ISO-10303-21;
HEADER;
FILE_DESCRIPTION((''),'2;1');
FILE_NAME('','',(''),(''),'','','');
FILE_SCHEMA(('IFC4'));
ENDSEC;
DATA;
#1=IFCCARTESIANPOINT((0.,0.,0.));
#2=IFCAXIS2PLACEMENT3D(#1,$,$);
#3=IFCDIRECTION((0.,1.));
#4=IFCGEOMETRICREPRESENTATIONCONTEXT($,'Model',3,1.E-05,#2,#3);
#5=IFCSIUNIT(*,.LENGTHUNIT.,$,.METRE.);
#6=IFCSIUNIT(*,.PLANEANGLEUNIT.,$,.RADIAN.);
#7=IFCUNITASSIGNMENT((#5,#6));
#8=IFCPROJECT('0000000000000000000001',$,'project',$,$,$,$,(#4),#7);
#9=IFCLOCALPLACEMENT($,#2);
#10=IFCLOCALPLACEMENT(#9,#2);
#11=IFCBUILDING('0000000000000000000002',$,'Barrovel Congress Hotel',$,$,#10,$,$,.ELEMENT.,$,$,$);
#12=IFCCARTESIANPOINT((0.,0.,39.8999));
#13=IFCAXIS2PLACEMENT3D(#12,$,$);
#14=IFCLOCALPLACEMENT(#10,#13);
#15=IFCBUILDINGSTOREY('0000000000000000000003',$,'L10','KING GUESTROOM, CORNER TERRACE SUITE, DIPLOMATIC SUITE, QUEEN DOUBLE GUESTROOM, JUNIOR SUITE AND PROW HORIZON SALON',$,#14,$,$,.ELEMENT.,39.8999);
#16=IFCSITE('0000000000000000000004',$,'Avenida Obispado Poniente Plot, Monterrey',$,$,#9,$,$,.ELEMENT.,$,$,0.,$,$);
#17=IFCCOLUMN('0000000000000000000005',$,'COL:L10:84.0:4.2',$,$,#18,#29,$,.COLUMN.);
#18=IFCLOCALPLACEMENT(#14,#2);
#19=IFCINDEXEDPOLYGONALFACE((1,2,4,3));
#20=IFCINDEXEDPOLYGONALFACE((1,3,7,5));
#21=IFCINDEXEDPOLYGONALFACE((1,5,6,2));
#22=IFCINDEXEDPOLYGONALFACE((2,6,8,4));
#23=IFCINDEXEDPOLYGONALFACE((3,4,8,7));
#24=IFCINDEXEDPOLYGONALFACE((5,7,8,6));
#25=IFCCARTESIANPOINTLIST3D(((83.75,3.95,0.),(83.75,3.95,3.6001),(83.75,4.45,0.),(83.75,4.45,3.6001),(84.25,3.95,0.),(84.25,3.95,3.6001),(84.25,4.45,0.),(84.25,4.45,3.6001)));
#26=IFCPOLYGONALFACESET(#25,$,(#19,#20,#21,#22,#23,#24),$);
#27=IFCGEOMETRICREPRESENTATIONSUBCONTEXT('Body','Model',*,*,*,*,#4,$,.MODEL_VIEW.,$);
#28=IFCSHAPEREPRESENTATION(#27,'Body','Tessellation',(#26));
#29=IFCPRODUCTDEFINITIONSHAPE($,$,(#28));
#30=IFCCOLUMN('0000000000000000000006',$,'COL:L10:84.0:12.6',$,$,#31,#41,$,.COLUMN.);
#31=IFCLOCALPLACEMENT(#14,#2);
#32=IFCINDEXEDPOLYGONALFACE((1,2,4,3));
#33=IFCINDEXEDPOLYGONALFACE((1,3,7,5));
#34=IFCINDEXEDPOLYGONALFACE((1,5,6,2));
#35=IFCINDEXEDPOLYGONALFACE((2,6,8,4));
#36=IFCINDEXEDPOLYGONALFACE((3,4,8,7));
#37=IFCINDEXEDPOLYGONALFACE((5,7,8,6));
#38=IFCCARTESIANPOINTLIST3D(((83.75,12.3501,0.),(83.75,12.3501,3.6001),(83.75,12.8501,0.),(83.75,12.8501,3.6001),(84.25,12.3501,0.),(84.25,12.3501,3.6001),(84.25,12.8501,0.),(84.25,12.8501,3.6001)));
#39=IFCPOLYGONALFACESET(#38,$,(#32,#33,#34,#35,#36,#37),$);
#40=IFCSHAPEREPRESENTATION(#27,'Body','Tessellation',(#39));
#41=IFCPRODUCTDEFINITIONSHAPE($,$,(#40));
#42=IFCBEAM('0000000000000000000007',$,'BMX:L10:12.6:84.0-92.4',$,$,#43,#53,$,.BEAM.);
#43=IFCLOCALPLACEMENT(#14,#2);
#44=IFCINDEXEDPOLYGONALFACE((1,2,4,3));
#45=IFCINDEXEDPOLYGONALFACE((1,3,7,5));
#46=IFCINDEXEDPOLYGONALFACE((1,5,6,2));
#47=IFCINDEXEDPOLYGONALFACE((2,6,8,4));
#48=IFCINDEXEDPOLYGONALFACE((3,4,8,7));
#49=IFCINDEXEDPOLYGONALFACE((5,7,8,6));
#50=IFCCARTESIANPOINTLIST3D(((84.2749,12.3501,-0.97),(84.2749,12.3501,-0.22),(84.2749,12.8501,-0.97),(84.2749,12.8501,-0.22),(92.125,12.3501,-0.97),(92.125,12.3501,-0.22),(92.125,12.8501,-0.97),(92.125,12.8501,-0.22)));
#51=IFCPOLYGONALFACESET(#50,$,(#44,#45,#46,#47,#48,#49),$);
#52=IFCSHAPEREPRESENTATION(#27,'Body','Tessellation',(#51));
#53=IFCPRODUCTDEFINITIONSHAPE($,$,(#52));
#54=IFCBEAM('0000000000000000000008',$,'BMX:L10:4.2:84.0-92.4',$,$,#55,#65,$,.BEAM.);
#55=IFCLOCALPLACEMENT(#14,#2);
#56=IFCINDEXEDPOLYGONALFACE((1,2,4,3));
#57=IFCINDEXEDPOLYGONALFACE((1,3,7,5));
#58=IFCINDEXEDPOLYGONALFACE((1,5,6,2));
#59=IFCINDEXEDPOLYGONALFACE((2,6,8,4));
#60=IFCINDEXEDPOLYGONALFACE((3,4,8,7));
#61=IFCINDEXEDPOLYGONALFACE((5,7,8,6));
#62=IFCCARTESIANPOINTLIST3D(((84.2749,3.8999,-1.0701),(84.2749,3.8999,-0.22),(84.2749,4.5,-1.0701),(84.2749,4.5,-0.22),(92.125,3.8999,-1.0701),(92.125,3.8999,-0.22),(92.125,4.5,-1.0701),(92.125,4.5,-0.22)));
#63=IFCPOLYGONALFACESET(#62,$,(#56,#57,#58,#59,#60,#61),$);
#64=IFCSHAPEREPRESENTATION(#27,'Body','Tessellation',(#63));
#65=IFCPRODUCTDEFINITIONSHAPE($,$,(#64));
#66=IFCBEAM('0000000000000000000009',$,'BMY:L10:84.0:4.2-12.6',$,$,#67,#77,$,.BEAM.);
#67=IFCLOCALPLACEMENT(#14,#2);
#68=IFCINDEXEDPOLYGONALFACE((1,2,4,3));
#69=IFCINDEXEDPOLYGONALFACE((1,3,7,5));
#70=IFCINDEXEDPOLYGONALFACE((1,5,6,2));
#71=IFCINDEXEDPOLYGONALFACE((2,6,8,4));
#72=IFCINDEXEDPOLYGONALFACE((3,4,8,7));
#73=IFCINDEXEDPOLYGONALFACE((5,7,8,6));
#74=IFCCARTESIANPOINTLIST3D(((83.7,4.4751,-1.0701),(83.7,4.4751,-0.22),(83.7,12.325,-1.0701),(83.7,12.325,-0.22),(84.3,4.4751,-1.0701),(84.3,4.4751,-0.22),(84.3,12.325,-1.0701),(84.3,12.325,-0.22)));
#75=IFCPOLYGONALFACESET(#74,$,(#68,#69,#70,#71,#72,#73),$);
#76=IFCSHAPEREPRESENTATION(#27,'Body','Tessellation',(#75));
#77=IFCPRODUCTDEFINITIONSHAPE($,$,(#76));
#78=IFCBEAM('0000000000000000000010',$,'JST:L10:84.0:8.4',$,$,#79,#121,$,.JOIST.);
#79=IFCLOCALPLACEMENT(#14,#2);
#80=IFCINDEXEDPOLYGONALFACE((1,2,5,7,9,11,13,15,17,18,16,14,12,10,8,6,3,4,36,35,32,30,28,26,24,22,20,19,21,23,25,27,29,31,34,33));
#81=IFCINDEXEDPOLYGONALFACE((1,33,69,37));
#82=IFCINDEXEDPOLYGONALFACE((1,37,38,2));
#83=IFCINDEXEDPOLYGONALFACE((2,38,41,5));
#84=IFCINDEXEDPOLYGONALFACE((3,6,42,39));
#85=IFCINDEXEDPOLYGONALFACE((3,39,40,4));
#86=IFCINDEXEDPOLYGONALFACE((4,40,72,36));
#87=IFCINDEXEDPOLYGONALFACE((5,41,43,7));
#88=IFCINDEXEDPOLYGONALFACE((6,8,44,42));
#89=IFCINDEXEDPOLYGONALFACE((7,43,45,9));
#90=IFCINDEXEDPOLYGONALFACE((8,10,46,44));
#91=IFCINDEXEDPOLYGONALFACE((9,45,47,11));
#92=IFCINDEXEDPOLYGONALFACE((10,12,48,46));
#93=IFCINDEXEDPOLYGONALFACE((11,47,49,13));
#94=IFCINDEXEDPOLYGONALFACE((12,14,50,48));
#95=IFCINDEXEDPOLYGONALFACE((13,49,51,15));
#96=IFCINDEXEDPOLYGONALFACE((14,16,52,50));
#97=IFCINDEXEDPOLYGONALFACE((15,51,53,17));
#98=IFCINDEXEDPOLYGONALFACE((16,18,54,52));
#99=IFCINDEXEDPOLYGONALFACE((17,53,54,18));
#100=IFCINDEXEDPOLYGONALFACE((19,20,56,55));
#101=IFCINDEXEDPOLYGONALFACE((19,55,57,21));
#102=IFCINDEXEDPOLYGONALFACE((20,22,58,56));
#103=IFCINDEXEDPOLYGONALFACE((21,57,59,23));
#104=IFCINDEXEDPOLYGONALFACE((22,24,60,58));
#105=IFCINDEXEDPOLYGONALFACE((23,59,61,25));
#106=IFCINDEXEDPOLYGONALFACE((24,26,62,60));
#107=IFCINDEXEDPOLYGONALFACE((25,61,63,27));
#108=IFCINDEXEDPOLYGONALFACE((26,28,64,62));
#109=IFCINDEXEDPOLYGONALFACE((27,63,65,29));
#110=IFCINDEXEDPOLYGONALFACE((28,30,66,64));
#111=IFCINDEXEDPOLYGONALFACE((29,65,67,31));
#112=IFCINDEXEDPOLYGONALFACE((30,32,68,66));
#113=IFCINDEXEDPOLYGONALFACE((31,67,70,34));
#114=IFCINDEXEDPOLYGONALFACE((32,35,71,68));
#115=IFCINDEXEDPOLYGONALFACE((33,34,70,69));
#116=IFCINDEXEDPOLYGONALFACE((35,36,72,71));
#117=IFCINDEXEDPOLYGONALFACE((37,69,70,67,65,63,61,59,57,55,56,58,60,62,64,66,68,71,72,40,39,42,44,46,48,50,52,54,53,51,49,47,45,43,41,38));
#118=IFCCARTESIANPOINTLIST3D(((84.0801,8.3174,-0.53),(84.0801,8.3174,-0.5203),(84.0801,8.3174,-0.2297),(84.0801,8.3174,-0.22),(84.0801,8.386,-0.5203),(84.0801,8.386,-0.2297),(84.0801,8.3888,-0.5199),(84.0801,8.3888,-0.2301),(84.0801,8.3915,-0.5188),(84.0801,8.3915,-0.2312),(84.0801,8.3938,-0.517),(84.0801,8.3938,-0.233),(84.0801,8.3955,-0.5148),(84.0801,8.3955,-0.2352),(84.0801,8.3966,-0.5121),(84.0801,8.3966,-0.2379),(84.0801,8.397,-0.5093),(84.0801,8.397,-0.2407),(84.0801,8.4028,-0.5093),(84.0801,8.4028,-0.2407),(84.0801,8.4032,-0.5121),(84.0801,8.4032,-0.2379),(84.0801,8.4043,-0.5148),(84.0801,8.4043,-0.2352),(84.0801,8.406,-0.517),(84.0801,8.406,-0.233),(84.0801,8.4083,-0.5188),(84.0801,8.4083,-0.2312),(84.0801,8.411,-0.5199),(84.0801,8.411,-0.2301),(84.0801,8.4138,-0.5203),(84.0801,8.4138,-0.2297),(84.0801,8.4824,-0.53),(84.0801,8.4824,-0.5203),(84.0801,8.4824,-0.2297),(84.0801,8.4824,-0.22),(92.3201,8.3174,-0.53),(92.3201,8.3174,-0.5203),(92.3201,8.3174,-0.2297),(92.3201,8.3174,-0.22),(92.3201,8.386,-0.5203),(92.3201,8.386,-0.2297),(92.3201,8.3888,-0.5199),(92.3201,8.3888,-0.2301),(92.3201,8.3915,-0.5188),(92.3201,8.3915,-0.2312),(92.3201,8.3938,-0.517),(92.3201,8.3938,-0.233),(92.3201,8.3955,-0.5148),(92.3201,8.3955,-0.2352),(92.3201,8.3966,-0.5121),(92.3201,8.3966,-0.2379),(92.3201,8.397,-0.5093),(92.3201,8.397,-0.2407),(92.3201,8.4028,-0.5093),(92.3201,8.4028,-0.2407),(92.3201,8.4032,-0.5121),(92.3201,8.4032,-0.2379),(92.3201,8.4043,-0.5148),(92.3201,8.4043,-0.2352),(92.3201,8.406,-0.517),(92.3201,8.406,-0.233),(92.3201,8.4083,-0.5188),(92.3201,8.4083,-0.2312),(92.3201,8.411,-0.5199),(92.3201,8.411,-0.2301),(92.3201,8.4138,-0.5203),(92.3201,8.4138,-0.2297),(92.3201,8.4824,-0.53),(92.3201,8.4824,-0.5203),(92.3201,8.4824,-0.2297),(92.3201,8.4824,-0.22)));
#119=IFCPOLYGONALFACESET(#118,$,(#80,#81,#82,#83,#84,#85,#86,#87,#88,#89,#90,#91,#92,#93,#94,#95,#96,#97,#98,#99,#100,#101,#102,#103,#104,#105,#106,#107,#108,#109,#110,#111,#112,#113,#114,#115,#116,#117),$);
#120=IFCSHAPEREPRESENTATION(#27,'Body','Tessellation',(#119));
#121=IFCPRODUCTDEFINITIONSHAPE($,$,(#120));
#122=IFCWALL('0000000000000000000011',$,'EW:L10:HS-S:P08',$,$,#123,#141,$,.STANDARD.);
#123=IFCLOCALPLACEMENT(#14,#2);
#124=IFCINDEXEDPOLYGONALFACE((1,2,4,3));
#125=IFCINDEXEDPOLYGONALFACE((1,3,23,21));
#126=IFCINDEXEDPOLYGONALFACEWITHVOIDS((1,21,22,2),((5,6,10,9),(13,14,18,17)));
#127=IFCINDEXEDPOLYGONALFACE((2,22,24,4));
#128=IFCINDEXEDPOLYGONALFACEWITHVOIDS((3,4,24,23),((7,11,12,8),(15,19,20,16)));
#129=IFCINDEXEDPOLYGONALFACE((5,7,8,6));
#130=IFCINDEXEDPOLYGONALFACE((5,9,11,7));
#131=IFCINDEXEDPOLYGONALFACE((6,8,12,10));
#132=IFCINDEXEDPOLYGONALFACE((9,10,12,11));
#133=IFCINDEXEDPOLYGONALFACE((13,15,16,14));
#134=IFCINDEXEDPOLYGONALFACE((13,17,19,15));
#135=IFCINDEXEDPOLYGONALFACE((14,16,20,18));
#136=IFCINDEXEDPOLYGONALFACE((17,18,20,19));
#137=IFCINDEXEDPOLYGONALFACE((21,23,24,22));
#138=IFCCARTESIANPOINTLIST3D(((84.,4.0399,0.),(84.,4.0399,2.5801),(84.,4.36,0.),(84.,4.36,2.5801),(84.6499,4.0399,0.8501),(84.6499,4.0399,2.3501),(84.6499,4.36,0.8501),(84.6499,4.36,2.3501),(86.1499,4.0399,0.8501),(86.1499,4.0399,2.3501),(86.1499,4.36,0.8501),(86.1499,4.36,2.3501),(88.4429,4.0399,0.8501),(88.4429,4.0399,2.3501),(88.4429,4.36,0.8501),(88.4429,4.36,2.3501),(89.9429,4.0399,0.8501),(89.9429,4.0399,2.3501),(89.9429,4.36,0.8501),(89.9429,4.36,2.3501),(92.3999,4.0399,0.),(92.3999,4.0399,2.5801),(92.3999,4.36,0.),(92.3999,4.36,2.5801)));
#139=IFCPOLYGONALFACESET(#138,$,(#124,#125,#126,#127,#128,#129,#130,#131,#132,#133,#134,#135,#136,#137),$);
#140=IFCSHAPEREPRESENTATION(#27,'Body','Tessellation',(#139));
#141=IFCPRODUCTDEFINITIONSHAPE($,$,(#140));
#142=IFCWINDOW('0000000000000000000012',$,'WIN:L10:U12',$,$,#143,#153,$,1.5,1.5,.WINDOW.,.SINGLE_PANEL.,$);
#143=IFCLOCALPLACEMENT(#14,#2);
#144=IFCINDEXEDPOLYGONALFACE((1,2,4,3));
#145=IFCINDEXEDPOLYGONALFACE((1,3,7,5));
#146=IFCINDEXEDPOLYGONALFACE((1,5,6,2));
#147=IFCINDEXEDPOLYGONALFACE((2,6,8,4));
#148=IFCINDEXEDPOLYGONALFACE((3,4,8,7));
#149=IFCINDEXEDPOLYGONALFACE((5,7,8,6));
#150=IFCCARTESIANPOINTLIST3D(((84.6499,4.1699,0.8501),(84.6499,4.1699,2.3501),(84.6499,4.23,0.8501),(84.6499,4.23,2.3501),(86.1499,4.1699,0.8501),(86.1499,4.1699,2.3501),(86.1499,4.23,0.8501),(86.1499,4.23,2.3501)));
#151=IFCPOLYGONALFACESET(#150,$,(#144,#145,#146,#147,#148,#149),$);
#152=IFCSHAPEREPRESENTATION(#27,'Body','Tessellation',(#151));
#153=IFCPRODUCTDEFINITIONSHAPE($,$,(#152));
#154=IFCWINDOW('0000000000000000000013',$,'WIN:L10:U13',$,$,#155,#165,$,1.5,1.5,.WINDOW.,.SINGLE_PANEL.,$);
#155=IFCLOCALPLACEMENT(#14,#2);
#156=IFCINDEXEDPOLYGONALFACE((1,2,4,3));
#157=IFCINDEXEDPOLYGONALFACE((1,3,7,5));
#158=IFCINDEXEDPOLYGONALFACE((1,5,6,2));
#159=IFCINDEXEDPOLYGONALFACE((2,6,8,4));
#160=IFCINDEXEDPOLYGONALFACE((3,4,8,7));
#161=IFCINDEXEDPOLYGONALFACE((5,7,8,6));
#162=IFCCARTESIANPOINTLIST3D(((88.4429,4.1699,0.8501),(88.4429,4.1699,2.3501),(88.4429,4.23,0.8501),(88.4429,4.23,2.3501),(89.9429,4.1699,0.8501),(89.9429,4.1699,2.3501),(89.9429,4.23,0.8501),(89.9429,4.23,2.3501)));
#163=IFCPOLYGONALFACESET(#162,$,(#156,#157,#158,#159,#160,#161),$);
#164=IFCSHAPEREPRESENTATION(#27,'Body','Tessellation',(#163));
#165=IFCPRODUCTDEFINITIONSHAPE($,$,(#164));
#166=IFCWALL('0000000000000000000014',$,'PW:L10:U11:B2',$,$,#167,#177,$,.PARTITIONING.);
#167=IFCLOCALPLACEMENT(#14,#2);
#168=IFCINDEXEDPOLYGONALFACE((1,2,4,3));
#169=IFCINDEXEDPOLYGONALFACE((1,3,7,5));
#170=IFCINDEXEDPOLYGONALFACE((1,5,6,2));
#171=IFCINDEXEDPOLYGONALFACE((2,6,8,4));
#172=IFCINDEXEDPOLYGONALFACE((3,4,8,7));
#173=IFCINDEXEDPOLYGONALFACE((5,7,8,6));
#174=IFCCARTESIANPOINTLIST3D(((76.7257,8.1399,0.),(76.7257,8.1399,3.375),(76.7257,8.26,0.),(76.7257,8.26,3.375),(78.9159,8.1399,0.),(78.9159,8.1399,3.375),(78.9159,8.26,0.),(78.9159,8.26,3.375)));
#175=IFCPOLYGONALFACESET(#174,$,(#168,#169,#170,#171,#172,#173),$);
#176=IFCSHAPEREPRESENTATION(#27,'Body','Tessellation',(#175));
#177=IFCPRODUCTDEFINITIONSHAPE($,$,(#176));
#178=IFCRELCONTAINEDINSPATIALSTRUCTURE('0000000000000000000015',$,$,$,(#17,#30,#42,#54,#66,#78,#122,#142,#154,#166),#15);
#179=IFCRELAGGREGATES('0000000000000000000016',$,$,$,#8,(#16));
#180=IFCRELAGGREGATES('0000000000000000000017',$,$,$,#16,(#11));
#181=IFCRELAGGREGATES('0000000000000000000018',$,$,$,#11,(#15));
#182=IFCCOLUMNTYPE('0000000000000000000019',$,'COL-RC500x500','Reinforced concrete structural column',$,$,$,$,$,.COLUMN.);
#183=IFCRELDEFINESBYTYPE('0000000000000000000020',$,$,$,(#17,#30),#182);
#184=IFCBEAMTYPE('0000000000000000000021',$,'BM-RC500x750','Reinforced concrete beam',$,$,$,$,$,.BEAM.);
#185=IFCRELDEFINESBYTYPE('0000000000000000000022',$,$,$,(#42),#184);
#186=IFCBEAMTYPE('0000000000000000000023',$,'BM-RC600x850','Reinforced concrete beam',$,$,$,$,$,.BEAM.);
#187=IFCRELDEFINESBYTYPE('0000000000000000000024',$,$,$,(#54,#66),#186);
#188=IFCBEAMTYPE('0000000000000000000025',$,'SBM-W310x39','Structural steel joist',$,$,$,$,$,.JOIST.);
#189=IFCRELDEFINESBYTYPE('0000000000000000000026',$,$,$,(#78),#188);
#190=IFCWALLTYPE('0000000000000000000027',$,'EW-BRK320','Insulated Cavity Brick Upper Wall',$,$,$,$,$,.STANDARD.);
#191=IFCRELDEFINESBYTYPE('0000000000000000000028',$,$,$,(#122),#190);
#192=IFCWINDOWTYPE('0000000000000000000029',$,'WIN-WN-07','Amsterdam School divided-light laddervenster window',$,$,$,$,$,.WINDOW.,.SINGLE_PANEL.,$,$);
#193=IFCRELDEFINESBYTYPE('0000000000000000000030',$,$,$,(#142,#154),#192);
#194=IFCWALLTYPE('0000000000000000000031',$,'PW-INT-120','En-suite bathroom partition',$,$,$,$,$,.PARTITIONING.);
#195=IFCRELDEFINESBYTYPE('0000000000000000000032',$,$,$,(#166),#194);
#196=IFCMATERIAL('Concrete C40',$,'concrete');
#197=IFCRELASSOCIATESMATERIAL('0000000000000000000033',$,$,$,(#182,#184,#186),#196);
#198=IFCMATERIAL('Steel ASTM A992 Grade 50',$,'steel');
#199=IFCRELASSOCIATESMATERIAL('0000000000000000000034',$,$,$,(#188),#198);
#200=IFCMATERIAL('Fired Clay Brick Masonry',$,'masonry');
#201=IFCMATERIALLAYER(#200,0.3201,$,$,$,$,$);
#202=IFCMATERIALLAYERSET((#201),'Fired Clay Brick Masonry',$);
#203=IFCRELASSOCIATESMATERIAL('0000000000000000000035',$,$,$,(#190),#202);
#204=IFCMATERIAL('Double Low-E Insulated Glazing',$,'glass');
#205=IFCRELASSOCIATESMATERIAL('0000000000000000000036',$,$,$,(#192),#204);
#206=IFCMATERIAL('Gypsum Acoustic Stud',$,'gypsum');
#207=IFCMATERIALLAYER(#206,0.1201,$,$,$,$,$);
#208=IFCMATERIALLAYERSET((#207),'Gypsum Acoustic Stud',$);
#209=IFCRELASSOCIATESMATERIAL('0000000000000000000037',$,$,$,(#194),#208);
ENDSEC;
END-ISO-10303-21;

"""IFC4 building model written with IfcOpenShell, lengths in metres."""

from ifc_helpers import new_model, si_unit, direction, frame, frame_2d, origin, origin_2d, place, context, subcontext, project, spatial, rectangle, i_section, extrude, material, layer, layer_set, material_profile, profile_set, type_object, element, fill, save


model = new_model("IFC4")

# Units and contexts
model_context = context("Model", 3, precision=1e-05, world=origin(), true_north=direction((0.0, 1.0)))
body_context = subcontext(model_context, "Body", "Model", "MODEL_VIEW")
ifc_project = project(units=[si_unit("LENGTHUNIT", "METRE"), si_unit("PLANEANGLEUNIT", "RADIAN")], contexts=[model_context])

# Site, building, storey
site_placement = place(None, origin())
site = spatial("IfcSite", under=ifc_project, at=site_placement, Name="Avenida Obispado Poniente Plot, Monterrey", CompositionType="ELEMENT", RefElevation=0.0)
building_placement = place(site_placement, origin())
building = spatial("IfcBuilding", under=site, at=building_placement, Name="Barrovel Congress Hotel", CompositionType="ELEMENT")
storey_placement = place(building_placement, frame((0.0, 0.0, 39.8999)))
storey = spatial("IfcBuildingStorey", under=building, at=storey_placement, Name="L10", Description="KING GUESTROOM, CORNER TERRACE SUITE, DIPLOMATIC SUITE, QUEEN DOUBLE GUESTROOM, JUNIOR SUITE AND PROW HORIZON SALON", CompositionType="ELEMENT", Elevation=39.8999)

# Columns
ifc_material_1 = material(Name="Concrete C40", Category="concrete")
ifc_material_profile_1 = material_profile(ifc_material_1, rectangle(XDim=0.5, YDim=0.5, at=origin_2d()), Name="RC500x500")
ifc_profile_set_1 = profile_set([ifc_material_profile_1], Name="Concrete C40")
column_type = type_object("IfcColumnType", Name="COL-RC500x500", Description="Reinforced concrete structural column", PredefinedType="COLUMN", material=ifc_profile_set_1)
for number, where, z_axis, x_axis, name in (
    (1, (84.0, 4.2, 0.0), (0.0, 0.0, 1.0), (1.0, 0.0, 0.0), "COL:L10:84.0:4.2"),
    (2, (84.0, 12.6001, 0.0), (0.0, 0.0, 1.0), (1.0, 0.0, 0.0), "COL:L10:84.0:12.6"),
):
    element("IfcColumn", number, at=place(storey_placement, frame(where, z_axis=z_axis, x_axis=x_axis)), inside=storey, type_object=column_type, Name=name, PredefinedType="COLUMN", context=body_context, shape_type="SweptSolid", body=[
        extrude(rectangle(XDim=0.5, YDim=0.5, at=origin_2d()), origin(), (0.0, 0.0, 1.0), 3.6001),
    ])

# Beams
ifc_material_profile_2 = material_profile(ifc_material_1, rectangle(XDim=0.5, YDim=0.75, at=origin_2d()), Name="RC500x750")
ifc_profile_set_2 = profile_set([ifc_material_profile_2], Name="Concrete C40")
beam_type_1 = type_object("IfcBeamType", Name="BM-RC500x750", Description="Reinforced concrete beam", PredefinedType="BEAM", material=ifc_profile_set_2)
beam_1_placement = place(storey_placement, frame((84.2749, 12.6001, -0.595), z_axis=(1.0, 0.0, 0.0), x_axis=(0.0, 1.0, 0.0)))
element("IfcBeam", 3, at=beam_1_placement, inside=storey, type_object=beam_type_1, Name="BMX:L10:12.6:84.0-92.4", PredefinedType="BEAM", context=body_context, shape_type="SweptSolid", body=[
    extrude(rectangle(XDim=0.5, YDim=0.75, at=origin_2d()), origin(), (0.0, 0.0, 1.0), 7.8501),
])
ifc_material_profile_3 = material_profile(ifc_material_1, rectangle(XDim=0.6001, YDim=0.8501, at=origin_2d()), Name="RC600x850")
ifc_profile_set_3 = profile_set([ifc_material_profile_3], Name="Concrete C40")
beam_type_2 = type_object("IfcBeamType", Name="BM-RC600x850", Description="Reinforced concrete beam", PredefinedType="BEAM", material=ifc_profile_set_3)
beam_2_placement = place(storey_placement, frame((84.2749, 4.2, -0.645), z_axis=(1.0, 0.0, 0.0), x_axis=(0.0, 1.0, 0.0)))
element("IfcBeam", 4, at=beam_2_placement, inside=storey, type_object=beam_type_2, Name="BMX:L10:4.2:84.0-92.4", PredefinedType="BEAM", context=body_context, shape_type="SweptSolid", body=[
    extrude(rectangle(XDim=0.6001, YDim=0.8501, at=origin_2d()), origin(), (0.0, 0.0, 1.0), 7.8501),
])
beam_3_placement = place(storey_placement, frame((84.0, 4.4751, -0.645), z_axis=(0.0, 1.0, 0.0), x_axis=(-1.0, 0.0, 0.0)))
element("IfcBeam", 5, at=beam_3_placement, inside=storey, type_object=beam_type_2, Name="BMY:L10:84.0:4.2-12.6", PredefinedType="BEAM", context=body_context, shape_type="SweptSolid", body=[
    extrude(rectangle(XDim=0.6001, YDim=0.8501, at=origin_2d()), origin(), (0.0, 0.0, 1.0), 7.8499),
])
ifc_material_2 = material(Name="Steel ASTM A992 Grade 50", Category="steel")
ifc_material_profile_4 = material_profile(ifc_material_2, i_section(OverallWidth=0.165, OverallDepth=0.3101, WebThickness=0.0059, FlangeThickness=0.0098, FilletRadius=0.011, at=origin_2d()), Name="W310x39")
ifc_profile_set_4 = profile_set([ifc_material_profile_4], Name="Steel ASTM A992 Grade 50")
beam_type_3 = type_object("IfcBeamType", Name="SBM-W310x39", Description="Structural steel joist", PredefinedType="JOIST", material=ifc_profile_set_4)
beam_4_placement = place(storey_placement, frame((84.0801, 8.3999, -0.375), z_axis=(1.0, 0.0, 0.0), x_axis=(0.0, 1.0, 0.0)))
element("IfcBeam", 6, at=beam_4_placement, inside=storey, type_object=beam_type_3, Name="JST:L10:84.0:8.4", PredefinedType="JOIST", context=body_context, shape_type="SweptSolid", body=[
    extrude(i_section(OverallWidth=0.165, OverallDepth=0.3101, WebThickness=0.0059, FlangeThickness=0.0098, FilletRadius=0.011, at=origin_2d()), origin(), (0.0, 0.0, 1.0), 8.24),
])

# Wall, openings, windows
ifc_material_3 = material(Name="Fired Clay Brick Masonry", Category="masonry")
ifc_layer_1 = layer(ifc_material_3, 0.3201)
ifc_layer_set_1 = layer_set([ifc_layer_1], Name="Fired Clay Brick Masonry")
wall_type_1 = type_object("IfcWallType", Name="EW-BRK320", Description="Insulated Cavity Brick Upper Wall", PredefinedType="STANDARD", material=ifc_layer_set_1)
wall_1_placement = place(storey_placement, frame((84.0, 4.2, 0.0), z_axis=(0.0, 0.0, 1.0), x_axis=(1.0, 0.0, 0.0)))
wall_1 = element("IfcWall", 7, at=wall_1_placement, inside=storey, type_object=wall_type_1, Name="EW:L10:HS-S:P08", PredefinedType="STANDARD", context=body_context, shape_type="SweptSolid", body=[
    extrude(rectangle(XDim=8.3999, YDim=0.3201, at=frame_2d((4.2, 0.0))), origin(), (0.0, 0.0, 1.0), 2.5801),
])
opening_1_placement = place(wall_1_placement, frame((0.6499, 0.0, 0.8501)))
opening_1 = element("IfcOpeningElement", 8, at=opening_1_placement, cuts=wall_1, PredefinedType="OPENING", context=body_context, shape_type="SweptSolid", body=[
    extrude(rectangle(XDim=1.5, YDim=1.5, at=frame_2d((0.75, 0.75))), frame((0.0, 0.1699, 0.0), z_axis=(0.0, -1.0, 0.0), x_axis=(1.0, 0.0, 0.0)), (0.0, 0.0, 1.0), 0.3401),
])
opening_2_placement = place(wall_1_placement, frame((4.4429, 0.0, 0.8501)))
opening_2 = element("IfcOpeningElement", 9, at=opening_2_placement, cuts=wall_1, PredefinedType="OPENING", context=body_context, shape_type="SweptSolid", body=[
    extrude(rectangle(XDim=1.5, YDim=1.5, at=frame_2d((0.75, 0.75))), frame((0.0, 0.1699, 0.0), z_axis=(0.0, -1.0, 0.0), x_axis=(1.0, 0.0, 0.0)), (0.0, 0.0, 1.0), 0.3401),
])
ifc_material_4 = material(Name="Double Low-E Insulated Glazing", Category="glass")
window_type = type_object("IfcWindowType", Name="WIN-WN-07", Description="Amsterdam School divided-light laddervenster window", PartitioningType="SINGLE_PANEL", PredefinedType="WINDOW", material=ifc_material_4)
window_1_placement = place(opening_1_placement, origin())
window_1 = element("IfcWindow", 10, at=window_1_placement, inside=storey, type_object=window_type, Name="WIN:L10:U12", OverallHeight=1.5, OverallWidth=1.5, PartitioningType="SINGLE_PANEL", PredefinedType="WINDOW", context=body_context, shape_type="SweptSolid", body=[
    extrude(rectangle(XDim=1.5, YDim=1.5, at=frame_2d((0.75, 0.75))), frame((0.0, 0.03, 0.0), z_axis=(0.0, -1.0, 0.0), x_axis=(1.0, 0.0, 0.0)), (0.0, 0.0, 1.0), 0.0601),
])
fill(opening_1, window_1)
window_2_placement = place(opening_2_placement, origin())
window_2 = element("IfcWindow", 11, at=window_2_placement, inside=storey, type_object=window_type, Name="WIN:L10:U13", OverallHeight=1.5, OverallWidth=1.5, PartitioningType="SINGLE_PANEL", PredefinedType="WINDOW", context=body_context, shape_type="SweptSolid", body=[
    extrude(rectangle(XDim=1.5, YDim=1.5, at=frame_2d((0.75, 0.75))), frame((0.0, 0.03, 0.0), z_axis=(0.0, -1.0, 0.0), x_axis=(1.0, 0.0, 0.0)), (0.0, 0.0, 1.0), 0.0601),
])
fill(opening_2, window_2)

# Shared definitions
ifc_material_5 = material(Name="Gypsum Acoustic Stud", Category="gypsum")

# Wall
ifc_layer_2 = layer(ifc_material_5, 0.1201)
ifc_layer_set_2 = layer_set([ifc_layer_2], Name="Gypsum Acoustic Stud")
wall_type_2 = type_object("IfcWallType", Name="PW-INT-120", Description="En-suite bathroom partition", PredefinedType="PARTITIONING", material=ifc_layer_set_2)
wall_2_placement = place(storey_placement, frame((76.7256, 8.2, 0.0), z_axis=(0.0, 0.0, 1.0), x_axis=(1.0, 0.0, 0.0)))
element("IfcWall", 12, at=wall_2_placement, inside=storey, type_object=wall_type_2, Name="PW:L10:U11:B2", PredefinedType="PARTITIONING", context=body_context, shape_type="SweptSolid", body=[
    extrude(rectangle(XDim=2.1902, YDim=0.1201, at=frame_2d((1.0952, 0.0))), origin(), (0.0, 0.0, 1.0), 3.375),
])

save(model, "model.ifc")
